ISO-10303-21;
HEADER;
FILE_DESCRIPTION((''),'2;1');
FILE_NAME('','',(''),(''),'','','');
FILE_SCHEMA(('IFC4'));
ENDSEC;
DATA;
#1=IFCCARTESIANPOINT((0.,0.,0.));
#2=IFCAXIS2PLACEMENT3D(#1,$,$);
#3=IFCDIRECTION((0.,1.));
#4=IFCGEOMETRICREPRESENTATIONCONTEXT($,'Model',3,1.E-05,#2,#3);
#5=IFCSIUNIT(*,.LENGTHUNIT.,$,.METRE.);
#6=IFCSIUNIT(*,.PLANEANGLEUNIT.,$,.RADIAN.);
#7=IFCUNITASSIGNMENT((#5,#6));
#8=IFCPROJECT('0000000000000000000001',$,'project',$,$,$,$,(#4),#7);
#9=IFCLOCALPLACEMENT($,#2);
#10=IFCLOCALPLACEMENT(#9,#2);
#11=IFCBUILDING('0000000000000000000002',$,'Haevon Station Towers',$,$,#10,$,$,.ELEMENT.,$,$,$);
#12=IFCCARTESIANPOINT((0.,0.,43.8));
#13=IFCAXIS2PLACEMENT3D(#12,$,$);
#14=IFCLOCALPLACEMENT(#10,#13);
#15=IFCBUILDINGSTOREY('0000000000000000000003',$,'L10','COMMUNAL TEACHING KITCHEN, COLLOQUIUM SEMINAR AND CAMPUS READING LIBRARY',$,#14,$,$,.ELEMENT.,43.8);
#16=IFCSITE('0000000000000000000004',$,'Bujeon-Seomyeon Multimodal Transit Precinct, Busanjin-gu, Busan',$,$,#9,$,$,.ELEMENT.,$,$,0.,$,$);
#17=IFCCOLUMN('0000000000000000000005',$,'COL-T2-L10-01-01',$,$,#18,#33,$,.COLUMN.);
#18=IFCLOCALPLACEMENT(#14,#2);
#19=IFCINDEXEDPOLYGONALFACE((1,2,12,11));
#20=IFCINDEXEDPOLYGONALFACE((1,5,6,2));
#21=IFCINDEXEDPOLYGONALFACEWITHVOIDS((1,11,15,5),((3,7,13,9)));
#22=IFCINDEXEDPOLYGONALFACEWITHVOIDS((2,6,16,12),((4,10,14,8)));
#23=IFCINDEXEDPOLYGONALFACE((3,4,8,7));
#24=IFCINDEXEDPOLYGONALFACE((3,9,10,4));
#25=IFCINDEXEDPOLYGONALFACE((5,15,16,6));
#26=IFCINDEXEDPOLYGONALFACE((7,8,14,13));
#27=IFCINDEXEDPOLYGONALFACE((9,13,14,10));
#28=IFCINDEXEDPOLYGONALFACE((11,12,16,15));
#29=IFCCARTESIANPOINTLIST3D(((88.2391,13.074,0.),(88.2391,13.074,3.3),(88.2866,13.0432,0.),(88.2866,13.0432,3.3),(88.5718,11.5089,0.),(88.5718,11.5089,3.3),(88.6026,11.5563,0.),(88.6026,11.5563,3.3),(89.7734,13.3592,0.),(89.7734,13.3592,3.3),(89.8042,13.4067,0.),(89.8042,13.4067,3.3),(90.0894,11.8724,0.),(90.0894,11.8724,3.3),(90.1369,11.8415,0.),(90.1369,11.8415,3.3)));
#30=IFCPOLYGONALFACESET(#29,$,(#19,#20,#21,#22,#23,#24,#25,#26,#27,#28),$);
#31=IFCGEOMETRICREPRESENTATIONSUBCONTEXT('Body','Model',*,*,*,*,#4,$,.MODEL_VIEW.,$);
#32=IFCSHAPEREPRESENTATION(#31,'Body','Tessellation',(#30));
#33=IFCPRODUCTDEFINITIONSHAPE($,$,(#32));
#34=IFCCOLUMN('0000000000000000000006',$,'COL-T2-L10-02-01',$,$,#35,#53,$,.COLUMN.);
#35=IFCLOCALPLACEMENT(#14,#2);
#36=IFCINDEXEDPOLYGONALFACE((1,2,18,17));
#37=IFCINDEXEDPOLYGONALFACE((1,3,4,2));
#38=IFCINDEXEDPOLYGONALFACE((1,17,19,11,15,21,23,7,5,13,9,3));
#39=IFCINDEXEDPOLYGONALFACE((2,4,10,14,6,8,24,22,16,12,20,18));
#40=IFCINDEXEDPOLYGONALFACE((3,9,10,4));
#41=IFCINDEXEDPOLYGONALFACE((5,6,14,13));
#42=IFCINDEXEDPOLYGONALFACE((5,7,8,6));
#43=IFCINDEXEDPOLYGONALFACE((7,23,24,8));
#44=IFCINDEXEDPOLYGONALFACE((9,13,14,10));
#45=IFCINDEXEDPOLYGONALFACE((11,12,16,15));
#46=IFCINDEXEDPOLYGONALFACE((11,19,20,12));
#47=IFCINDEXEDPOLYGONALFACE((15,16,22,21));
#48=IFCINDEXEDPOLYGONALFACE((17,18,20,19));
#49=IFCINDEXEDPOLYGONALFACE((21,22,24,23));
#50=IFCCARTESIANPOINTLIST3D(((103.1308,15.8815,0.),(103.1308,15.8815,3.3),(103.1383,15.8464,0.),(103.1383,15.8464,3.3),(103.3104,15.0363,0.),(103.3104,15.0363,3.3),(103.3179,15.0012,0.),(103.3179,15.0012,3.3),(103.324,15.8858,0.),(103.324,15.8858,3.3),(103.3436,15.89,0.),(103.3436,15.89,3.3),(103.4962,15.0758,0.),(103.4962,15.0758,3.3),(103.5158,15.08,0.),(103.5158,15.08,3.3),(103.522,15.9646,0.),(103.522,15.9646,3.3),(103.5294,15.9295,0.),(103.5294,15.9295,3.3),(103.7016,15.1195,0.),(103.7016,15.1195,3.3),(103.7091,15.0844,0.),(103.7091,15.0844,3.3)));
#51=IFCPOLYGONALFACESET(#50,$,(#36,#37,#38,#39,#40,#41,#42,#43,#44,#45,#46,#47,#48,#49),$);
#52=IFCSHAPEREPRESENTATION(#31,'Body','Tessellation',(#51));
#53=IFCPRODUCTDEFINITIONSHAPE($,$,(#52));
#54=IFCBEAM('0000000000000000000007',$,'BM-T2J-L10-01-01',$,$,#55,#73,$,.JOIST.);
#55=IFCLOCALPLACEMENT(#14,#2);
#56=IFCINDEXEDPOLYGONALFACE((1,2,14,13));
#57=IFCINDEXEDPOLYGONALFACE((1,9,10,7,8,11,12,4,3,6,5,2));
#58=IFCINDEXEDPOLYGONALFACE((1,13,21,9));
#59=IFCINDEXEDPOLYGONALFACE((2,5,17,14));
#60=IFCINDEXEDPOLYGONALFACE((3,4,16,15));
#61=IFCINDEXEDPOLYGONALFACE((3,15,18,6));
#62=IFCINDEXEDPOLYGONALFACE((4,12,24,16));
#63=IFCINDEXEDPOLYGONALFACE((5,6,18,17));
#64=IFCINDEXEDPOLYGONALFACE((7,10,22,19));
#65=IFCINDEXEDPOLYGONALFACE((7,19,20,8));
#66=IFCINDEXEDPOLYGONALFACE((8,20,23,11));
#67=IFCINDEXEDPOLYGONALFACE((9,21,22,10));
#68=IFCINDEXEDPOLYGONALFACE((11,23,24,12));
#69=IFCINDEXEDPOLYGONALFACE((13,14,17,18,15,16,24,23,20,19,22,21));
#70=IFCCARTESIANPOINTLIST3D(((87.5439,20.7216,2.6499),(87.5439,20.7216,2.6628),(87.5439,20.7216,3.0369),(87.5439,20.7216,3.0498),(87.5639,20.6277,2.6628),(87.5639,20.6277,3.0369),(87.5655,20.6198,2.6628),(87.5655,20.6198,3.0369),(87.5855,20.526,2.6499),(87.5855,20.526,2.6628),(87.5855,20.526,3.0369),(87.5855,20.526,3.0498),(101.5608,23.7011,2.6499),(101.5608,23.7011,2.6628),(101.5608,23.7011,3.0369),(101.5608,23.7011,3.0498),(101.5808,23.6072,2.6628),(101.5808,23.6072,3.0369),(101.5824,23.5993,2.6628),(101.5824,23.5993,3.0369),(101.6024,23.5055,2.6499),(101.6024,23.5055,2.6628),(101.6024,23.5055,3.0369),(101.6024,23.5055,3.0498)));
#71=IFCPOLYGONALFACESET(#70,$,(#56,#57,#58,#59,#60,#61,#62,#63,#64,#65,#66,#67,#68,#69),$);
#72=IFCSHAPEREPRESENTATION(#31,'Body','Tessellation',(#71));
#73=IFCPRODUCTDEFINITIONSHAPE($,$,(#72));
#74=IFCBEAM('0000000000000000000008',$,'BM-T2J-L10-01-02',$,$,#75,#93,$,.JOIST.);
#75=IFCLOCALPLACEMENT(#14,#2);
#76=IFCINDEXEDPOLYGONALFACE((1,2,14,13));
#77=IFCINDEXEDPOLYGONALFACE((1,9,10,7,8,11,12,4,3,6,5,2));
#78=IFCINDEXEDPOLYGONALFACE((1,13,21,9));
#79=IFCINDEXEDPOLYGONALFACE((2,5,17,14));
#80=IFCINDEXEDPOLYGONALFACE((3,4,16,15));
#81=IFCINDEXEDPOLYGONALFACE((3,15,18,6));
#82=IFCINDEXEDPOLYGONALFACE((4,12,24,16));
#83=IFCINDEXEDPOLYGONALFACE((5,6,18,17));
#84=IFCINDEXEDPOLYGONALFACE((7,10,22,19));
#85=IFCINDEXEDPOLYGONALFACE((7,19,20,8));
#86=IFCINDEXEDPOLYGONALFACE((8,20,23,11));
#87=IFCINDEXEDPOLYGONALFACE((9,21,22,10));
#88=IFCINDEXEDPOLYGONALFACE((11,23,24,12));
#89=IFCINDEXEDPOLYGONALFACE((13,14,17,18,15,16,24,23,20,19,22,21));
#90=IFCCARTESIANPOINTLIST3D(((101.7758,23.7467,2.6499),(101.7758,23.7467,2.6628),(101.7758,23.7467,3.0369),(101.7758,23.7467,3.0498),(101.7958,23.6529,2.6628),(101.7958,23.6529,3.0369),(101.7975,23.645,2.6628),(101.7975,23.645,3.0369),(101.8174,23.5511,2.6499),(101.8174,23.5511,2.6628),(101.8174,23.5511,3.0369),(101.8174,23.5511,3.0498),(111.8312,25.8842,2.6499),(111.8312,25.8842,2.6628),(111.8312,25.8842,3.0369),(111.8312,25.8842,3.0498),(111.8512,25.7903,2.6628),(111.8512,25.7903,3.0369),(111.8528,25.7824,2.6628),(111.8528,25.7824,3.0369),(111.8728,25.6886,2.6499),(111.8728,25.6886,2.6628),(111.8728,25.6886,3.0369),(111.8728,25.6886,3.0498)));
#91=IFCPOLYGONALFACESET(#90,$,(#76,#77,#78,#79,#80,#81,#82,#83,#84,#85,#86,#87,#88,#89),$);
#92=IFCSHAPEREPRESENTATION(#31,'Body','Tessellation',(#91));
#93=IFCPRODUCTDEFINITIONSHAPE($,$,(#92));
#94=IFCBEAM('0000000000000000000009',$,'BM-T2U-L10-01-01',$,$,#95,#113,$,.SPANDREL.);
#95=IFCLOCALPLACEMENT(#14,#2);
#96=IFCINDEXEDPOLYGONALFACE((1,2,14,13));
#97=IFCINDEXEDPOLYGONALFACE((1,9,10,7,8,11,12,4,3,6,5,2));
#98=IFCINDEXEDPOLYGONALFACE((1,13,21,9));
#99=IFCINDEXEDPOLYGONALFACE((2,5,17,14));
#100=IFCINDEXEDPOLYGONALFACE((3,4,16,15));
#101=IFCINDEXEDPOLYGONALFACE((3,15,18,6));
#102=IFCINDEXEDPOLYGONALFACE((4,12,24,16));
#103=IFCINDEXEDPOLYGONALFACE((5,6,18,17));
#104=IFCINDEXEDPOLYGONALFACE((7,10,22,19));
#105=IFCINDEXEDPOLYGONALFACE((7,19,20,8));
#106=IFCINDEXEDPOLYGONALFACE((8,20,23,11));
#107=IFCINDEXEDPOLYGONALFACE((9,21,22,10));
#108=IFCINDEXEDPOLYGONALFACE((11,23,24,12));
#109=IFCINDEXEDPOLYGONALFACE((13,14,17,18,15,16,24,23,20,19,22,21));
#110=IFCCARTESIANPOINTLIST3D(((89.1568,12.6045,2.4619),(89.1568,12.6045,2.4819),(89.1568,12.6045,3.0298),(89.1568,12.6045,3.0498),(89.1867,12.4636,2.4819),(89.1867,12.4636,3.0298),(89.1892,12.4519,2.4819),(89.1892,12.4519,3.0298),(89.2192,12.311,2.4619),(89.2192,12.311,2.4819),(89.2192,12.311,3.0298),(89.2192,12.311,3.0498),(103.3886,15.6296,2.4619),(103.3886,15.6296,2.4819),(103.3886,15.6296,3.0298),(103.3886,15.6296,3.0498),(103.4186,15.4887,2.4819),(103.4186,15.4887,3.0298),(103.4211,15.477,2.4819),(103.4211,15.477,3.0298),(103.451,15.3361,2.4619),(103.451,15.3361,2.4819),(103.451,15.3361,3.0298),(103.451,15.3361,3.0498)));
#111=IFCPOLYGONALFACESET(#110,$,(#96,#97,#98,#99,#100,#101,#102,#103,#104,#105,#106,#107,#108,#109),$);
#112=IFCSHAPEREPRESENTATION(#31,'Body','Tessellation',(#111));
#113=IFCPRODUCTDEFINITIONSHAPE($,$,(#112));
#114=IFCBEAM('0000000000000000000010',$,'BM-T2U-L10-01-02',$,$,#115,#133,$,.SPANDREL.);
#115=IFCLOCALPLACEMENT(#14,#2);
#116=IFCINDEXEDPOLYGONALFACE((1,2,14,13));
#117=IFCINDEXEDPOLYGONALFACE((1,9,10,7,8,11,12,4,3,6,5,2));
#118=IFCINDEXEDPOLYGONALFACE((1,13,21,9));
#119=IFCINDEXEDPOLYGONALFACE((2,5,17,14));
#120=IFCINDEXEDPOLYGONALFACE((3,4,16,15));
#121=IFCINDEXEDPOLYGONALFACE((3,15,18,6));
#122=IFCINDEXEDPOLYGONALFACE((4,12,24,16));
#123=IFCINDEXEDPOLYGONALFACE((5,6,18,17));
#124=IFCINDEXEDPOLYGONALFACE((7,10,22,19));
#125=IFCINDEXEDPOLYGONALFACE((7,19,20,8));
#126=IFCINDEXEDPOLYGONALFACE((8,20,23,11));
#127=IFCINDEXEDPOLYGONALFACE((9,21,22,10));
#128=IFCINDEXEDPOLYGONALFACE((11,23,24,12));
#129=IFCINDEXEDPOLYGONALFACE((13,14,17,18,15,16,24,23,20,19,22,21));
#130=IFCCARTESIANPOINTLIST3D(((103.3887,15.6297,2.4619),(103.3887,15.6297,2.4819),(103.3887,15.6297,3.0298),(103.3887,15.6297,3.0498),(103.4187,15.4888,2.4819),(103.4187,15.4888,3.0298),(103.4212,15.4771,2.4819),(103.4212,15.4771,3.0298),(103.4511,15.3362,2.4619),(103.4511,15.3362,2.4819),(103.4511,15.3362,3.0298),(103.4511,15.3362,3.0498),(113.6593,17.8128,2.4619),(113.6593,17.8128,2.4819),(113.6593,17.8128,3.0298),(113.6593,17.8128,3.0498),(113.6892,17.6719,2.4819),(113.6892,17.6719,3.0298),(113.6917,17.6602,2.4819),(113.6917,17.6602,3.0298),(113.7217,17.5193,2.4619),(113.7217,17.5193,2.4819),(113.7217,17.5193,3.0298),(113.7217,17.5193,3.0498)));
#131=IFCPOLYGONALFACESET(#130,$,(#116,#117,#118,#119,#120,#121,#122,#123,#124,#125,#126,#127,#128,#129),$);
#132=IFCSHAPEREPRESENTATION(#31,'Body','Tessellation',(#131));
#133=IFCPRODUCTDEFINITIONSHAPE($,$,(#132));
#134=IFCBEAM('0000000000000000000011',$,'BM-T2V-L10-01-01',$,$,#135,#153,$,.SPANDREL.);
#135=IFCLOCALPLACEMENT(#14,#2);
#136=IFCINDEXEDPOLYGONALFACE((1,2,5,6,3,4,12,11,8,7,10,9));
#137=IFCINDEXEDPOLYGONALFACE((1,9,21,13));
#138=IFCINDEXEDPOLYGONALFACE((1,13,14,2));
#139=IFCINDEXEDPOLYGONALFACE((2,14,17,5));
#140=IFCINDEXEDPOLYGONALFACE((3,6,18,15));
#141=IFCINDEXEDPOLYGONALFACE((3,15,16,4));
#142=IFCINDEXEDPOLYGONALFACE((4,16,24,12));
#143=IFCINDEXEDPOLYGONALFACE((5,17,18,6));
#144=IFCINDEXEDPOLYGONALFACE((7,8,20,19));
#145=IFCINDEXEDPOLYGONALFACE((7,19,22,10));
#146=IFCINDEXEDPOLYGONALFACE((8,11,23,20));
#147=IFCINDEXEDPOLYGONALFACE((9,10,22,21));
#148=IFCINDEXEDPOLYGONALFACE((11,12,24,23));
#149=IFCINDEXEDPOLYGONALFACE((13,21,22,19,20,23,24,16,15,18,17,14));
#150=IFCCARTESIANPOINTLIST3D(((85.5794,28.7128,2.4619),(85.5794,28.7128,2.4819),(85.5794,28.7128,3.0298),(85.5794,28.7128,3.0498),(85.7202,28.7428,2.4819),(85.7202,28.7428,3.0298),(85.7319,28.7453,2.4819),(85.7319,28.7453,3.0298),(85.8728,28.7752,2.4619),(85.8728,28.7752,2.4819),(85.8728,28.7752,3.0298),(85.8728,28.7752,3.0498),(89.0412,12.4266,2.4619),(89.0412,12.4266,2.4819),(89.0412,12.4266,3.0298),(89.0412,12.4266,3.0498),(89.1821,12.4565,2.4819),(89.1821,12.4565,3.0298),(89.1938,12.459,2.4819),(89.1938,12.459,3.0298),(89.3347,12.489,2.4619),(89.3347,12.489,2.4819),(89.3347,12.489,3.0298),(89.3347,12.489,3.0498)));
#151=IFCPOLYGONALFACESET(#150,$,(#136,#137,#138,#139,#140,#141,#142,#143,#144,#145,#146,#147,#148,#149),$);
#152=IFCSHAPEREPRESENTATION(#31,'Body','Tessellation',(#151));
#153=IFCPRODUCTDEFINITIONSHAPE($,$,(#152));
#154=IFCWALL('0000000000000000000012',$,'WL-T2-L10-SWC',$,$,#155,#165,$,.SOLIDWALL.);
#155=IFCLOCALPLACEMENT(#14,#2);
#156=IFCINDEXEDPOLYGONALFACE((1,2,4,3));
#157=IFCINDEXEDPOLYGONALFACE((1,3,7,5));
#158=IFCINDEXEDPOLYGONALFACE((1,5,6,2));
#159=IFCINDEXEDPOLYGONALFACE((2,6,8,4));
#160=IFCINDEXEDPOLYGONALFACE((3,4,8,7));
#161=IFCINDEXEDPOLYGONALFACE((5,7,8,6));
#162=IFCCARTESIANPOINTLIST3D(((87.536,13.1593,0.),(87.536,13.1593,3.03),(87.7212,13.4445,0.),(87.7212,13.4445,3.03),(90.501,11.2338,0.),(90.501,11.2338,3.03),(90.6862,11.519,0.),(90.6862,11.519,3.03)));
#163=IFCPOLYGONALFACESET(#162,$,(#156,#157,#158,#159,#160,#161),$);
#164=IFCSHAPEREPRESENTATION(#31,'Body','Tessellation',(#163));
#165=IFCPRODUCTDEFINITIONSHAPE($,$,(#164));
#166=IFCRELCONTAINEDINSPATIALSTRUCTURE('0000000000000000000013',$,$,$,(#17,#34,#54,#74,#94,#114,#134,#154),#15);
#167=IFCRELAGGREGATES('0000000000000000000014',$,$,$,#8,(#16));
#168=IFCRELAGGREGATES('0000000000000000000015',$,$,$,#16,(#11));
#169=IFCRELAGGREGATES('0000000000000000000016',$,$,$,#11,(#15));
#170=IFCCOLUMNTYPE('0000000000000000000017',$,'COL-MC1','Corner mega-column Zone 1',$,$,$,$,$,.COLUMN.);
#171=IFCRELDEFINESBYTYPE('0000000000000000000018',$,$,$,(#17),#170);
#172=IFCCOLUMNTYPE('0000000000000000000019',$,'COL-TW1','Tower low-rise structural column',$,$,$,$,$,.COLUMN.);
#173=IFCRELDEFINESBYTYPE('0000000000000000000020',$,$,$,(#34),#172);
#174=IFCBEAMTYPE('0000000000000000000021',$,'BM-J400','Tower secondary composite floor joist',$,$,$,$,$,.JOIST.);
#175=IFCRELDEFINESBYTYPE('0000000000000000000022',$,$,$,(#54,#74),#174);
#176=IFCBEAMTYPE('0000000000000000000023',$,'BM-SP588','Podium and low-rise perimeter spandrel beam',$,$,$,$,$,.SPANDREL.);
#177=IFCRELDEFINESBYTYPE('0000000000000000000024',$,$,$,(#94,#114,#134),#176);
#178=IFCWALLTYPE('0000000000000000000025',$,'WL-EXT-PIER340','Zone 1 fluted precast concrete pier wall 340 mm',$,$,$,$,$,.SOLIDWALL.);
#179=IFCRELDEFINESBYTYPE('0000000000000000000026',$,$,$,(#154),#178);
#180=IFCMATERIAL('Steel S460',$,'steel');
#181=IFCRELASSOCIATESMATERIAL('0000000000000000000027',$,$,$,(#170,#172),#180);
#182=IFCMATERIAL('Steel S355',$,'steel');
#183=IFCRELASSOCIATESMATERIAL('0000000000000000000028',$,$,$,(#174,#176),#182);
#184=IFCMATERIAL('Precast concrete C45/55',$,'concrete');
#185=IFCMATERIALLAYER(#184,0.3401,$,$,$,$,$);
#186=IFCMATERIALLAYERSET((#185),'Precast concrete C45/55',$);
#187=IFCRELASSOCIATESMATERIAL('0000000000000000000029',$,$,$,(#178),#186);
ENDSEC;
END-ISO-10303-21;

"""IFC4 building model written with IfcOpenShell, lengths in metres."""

from ifc_helpers import new_model, si_unit, direction, frame, frame_2d, origin, origin_2d, place, context, subcontext, project, spatial, rectangle, hollow_rectangle, i_section, extrude, material, layer, layer_set, material_profile, profile_set, type_object, element, save


model = new_model("IFC4")

# Units and contexts
model_context = context("Model", 3, precision=1e-05, world=origin(), true_north=direction((0.0, 1.0)))
body_context = subcontext(model_context, "Body", "Model", "MODEL_VIEW")
ifc_project = project(units=[si_unit("LENGTHUNIT", "METRE"), si_unit("PLANEANGLEUNIT", "RADIAN")], contexts=[model_context])

# Site, building, storey
site_placement = place(None, origin())
site = spatial("IfcSite", under=ifc_project, at=site_placement, Name="Bujeon-Seomyeon Multimodal Transit Precinct, Busanjin-gu, Busan", CompositionType="ELEMENT", RefElevation=0.0)
building_placement = place(site_placement, origin())
building = spatial("IfcBuilding", under=site, at=building_placement, Name="Haevon Station Towers", CompositionType="ELEMENT")
storey_placement = place(building_placement, frame((0.0, 0.0, 43.8)))
storey = spatial("IfcBuildingStorey", under=building, at=storey_placement, Name="L10", Description="COMMUNAL TEACHING KITCHEN, COLLOQUIUM SEMINAR AND CAMPUS READING LIBRARY", CompositionType="ELEMENT", Elevation=43.8)

# Columns
ifc_material_1 = material(Name="Steel S460", Category="steel")
ifc_material_profile_1 = material_profile(ifc_material_1, hollow_rectangle(XDim=1.6001, YDim=1.6001, WallThickness=0.04, at=origin_2d()), Name="BOX-1600x1600x40")
ifc_profile_set_1 = profile_set([ifc_material_profile_1], Name="Steel S460")
column_type_1 = type_object("IfcColumnType", Name="COL-MC1", Description="Corner mega-column Zone 1", PredefinedType="COLUMN", material=ifc_profile_set_1)
column_1_placement = place(storey_placement, frame((89.188, 12.4578, 0.0), z_axis=(0.0, 0.0, 1.0), x_axis=(0.978148, 0.207912, 0.0)))
element("IfcColumn", 1, at=column_1_placement, inside=storey, type_object=column_type_1, Name="COL-T2-L10-01-01", PredefinedType="COLUMN", context=body_context, shape_type="SweptSolid", body=[
    extrude(hollow_rectangle(XDim=1.6001, YDim=1.6001, WallThickness=0.04, at=origin_2d()), origin(), (0.0, 0.0, 1.0), 3.3),
])
ifc_material_profile_2 = material_profile(ifc_material_1, i_section(OverallWidth=0.3999, OverallDepth=0.8999, WebThickness=0.02, FlangeThickness=0.0359, at=origin_2d()), Name="H-900x400x20x36")
ifc_profile_set_2 = profile_set([ifc_material_profile_2], Name="Steel S460")
column_type_2 = type_object("IfcColumnType", Name="COL-TW1", Description="Tower low-rise structural column", PredefinedType="COLUMN", material=ifc_profile_set_2)
column_2_placement = place(storey_placement, frame((103.4199, 15.4829, 0.0), z_axis=(0.0, 0.0, 1.0), x_axis=(0.978148, 0.207912, 0.0)))
element("IfcColumn", 2, at=column_2_placement, inside=storey, type_object=column_type_2, Name="COL-T2-L10-02-01", PredefinedType="COLUMN", context=body_context, shape_type="SweptSolid", body=[
    extrude(i_section(OverallWidth=0.3999, OverallDepth=0.8999, WebThickness=0.02, FlangeThickness=0.0359, at=origin_2d()), origin(), (0.0, 0.0, 1.0), 3.3),
])

# Beams
ifc_material_2 = material(Name="Steel S355", Category="steel")
ifc_material_profile_3 = material_profile(ifc_material_2, i_section(OverallWidth=0.2, OverallDepth=0.3999, WebThickness=0.0081, FlangeThickness=0.0129, at=origin_2d()), Name="H-400x200x8x13")
ifc_profile_set_3 = profile_set([ifc_material_profile_3], Name="Steel S355")
beam_type_1 = type_object("IfcBeamType", Name="BM-J400", Description="Tower secondary composite floor joist", PredefinedType="JOIST", material=ifc_profile_set_3)
beam_1_placement = place(storey_placement, frame((87.5647, 20.6238, 2.8499), z_axis=(0.978146, 0.20792, 0.0), x_axis=(-0.20792, 0.978146, 0.0)))
element("IfcBeam", 3, at=beam_1_placement, inside=storey, type_object=beam_type_1, Name="BM-T2J-L10-01-01", PredefinedType="JOIST", context=body_context, shape_type="SweptSolid", body=[
    extrude(i_section(OverallWidth=0.2, OverallDepth=0.3999, WebThickness=0.0081, FlangeThickness=0.0129, at=origin_2d()), origin(), (0.0, 0.0, 1.0), 14.3301),
])
beam_2_placement = place(storey_placement, frame((101.7966, 23.6489, 2.8499), z_axis=(0.978146, 0.207922, 0.0), x_axis=(-0.207922, 0.978146, 0.0)))
element("IfcBeam", 4, at=beam_2_placement, inside=storey, type_object=beam_type_1, Name="BM-T2J-L10-01-02", PredefinedType="JOIST", context=body_context, shape_type="SweptSolid", body=[
    extrude(i_section(OverallWidth=0.2, OverallDepth=0.3999, WebThickness=0.0081, FlangeThickness=0.0129, at=origin_2d()), origin(), (0.0, 0.0, 1.0), 10.28),
])
ifc_material_profile_4 = material_profile(ifc_material_2, i_section(OverallWidth=0.3, OverallDepth=0.5879, WebThickness=0.012, FlangeThickness=0.02, at=origin_2d()), Name="H-588x300x12x20")
ifc_profile_set_4 = profile_set([ifc_material_profile_4], Name="Steel S355")
beam_type_2 = type_object("IfcBeamType", Name="BM-SP588", Description="Podium and low-rise perimeter spandrel beam", PredefinedType="SPANDREL", material=ifc_profile_set_4)
beam_3_placement = place(storey_placement, frame((89.188, 12.4578, 2.7559), z_axis=(0.978147, 0.207915, 0.0), x_axis=(-0.207915, 0.978147, 0.0)))
element("IfcBeam", 5, at=beam_3_placement, inside=storey, type_object=beam_type_2, Name="BM-T2U-L10-01-01", PredefinedType="SPANDREL", context=body_context, shape_type="SweptSolid", body=[
    extrude(i_section(OverallWidth=0.3, OverallDepth=0.5879, WebThickness=0.012, FlangeThickness=0.02, at=origin_2d()), origin(), (0.0, 0.0, 1.0), 14.5498),
])
beam_4_placement = place(storey_placement, frame((103.4199, 15.4829, 2.7559), z_axis=(0.978147, 0.207915, 0.0), x_axis=(-0.207915, 0.978147, 0.0)))
element("IfcBeam", 6, at=beam_4_placement, inside=storey, type_object=beam_type_2, Name="BM-T2U-L10-01-02", PredefinedType="SPANDREL", context=body_context, shape_type="SweptSolid", body=[
    extrude(i_section(OverallWidth=0.3, OverallDepth=0.5879, WebThickness=0.012, FlangeThickness=0.02, at=origin_2d()), origin(), (0.0, 0.0, 1.0), 10.5),
])
beam_5_placement = place(storey_placement, frame((89.188, 12.4578, 2.7559), z_axis=(-0.20792, 0.978146, 0.0), x_axis=(-0.978146, -0.20792, 0.0)))
element("IfcBeam", 7, at=beam_5_placement, inside=storey, type_object=beam_type_2, Name="BM-T2V-L10-01-01", PredefinedType="SPANDREL", context=body_context, shape_type="SweptSolid", body=[
    extrude(i_section(OverallWidth=0.3, OverallDepth=0.5879, WebThickness=0.012, FlangeThickness=0.02, at=origin_2d()), origin(), (0.0, 0.0, 1.0), 16.6501),
])

# Wall
ifc_material_3 = material(Name="Precast concrete C45/55", Category="concrete")
ifc_layer_1 = layer(ifc_material_3, 0.3401)
ifc_layer_set_1 = layer_set([ifc_layer_1], Name="Precast concrete C45/55")
wall_type_1 = type_object("IfcWallType", Name="WL-EXT-PIER340", Description="Zone 1 fluted precast concrete pier wall 340 mm", PredefinedType="SOLIDWALL", material=ifc_layer_set_1)
wall_1_placement = place(storey_placement, frame((90.5935, 11.3765, 0.0), z_axis=(0.0, 0.0, 1.0), x_axis=(-0.838672, 0.544636, 0.0)))
element("IfcWall", 8, at=wall_1_placement, inside=storey, type_object=wall_type_1, Name="WL-T2-L10-SWC", PredefinedType="SOLIDWALL", context=body_context, shape_type="SweptSolid", body=[
    extrude(rectangle(XDim=3.5354, YDim=0.3401, at=frame_2d((1.7676, 0.0))), origin(), (0.0, 0.0, 1.0), 3.03),
])

save(model, "model.ifc")
